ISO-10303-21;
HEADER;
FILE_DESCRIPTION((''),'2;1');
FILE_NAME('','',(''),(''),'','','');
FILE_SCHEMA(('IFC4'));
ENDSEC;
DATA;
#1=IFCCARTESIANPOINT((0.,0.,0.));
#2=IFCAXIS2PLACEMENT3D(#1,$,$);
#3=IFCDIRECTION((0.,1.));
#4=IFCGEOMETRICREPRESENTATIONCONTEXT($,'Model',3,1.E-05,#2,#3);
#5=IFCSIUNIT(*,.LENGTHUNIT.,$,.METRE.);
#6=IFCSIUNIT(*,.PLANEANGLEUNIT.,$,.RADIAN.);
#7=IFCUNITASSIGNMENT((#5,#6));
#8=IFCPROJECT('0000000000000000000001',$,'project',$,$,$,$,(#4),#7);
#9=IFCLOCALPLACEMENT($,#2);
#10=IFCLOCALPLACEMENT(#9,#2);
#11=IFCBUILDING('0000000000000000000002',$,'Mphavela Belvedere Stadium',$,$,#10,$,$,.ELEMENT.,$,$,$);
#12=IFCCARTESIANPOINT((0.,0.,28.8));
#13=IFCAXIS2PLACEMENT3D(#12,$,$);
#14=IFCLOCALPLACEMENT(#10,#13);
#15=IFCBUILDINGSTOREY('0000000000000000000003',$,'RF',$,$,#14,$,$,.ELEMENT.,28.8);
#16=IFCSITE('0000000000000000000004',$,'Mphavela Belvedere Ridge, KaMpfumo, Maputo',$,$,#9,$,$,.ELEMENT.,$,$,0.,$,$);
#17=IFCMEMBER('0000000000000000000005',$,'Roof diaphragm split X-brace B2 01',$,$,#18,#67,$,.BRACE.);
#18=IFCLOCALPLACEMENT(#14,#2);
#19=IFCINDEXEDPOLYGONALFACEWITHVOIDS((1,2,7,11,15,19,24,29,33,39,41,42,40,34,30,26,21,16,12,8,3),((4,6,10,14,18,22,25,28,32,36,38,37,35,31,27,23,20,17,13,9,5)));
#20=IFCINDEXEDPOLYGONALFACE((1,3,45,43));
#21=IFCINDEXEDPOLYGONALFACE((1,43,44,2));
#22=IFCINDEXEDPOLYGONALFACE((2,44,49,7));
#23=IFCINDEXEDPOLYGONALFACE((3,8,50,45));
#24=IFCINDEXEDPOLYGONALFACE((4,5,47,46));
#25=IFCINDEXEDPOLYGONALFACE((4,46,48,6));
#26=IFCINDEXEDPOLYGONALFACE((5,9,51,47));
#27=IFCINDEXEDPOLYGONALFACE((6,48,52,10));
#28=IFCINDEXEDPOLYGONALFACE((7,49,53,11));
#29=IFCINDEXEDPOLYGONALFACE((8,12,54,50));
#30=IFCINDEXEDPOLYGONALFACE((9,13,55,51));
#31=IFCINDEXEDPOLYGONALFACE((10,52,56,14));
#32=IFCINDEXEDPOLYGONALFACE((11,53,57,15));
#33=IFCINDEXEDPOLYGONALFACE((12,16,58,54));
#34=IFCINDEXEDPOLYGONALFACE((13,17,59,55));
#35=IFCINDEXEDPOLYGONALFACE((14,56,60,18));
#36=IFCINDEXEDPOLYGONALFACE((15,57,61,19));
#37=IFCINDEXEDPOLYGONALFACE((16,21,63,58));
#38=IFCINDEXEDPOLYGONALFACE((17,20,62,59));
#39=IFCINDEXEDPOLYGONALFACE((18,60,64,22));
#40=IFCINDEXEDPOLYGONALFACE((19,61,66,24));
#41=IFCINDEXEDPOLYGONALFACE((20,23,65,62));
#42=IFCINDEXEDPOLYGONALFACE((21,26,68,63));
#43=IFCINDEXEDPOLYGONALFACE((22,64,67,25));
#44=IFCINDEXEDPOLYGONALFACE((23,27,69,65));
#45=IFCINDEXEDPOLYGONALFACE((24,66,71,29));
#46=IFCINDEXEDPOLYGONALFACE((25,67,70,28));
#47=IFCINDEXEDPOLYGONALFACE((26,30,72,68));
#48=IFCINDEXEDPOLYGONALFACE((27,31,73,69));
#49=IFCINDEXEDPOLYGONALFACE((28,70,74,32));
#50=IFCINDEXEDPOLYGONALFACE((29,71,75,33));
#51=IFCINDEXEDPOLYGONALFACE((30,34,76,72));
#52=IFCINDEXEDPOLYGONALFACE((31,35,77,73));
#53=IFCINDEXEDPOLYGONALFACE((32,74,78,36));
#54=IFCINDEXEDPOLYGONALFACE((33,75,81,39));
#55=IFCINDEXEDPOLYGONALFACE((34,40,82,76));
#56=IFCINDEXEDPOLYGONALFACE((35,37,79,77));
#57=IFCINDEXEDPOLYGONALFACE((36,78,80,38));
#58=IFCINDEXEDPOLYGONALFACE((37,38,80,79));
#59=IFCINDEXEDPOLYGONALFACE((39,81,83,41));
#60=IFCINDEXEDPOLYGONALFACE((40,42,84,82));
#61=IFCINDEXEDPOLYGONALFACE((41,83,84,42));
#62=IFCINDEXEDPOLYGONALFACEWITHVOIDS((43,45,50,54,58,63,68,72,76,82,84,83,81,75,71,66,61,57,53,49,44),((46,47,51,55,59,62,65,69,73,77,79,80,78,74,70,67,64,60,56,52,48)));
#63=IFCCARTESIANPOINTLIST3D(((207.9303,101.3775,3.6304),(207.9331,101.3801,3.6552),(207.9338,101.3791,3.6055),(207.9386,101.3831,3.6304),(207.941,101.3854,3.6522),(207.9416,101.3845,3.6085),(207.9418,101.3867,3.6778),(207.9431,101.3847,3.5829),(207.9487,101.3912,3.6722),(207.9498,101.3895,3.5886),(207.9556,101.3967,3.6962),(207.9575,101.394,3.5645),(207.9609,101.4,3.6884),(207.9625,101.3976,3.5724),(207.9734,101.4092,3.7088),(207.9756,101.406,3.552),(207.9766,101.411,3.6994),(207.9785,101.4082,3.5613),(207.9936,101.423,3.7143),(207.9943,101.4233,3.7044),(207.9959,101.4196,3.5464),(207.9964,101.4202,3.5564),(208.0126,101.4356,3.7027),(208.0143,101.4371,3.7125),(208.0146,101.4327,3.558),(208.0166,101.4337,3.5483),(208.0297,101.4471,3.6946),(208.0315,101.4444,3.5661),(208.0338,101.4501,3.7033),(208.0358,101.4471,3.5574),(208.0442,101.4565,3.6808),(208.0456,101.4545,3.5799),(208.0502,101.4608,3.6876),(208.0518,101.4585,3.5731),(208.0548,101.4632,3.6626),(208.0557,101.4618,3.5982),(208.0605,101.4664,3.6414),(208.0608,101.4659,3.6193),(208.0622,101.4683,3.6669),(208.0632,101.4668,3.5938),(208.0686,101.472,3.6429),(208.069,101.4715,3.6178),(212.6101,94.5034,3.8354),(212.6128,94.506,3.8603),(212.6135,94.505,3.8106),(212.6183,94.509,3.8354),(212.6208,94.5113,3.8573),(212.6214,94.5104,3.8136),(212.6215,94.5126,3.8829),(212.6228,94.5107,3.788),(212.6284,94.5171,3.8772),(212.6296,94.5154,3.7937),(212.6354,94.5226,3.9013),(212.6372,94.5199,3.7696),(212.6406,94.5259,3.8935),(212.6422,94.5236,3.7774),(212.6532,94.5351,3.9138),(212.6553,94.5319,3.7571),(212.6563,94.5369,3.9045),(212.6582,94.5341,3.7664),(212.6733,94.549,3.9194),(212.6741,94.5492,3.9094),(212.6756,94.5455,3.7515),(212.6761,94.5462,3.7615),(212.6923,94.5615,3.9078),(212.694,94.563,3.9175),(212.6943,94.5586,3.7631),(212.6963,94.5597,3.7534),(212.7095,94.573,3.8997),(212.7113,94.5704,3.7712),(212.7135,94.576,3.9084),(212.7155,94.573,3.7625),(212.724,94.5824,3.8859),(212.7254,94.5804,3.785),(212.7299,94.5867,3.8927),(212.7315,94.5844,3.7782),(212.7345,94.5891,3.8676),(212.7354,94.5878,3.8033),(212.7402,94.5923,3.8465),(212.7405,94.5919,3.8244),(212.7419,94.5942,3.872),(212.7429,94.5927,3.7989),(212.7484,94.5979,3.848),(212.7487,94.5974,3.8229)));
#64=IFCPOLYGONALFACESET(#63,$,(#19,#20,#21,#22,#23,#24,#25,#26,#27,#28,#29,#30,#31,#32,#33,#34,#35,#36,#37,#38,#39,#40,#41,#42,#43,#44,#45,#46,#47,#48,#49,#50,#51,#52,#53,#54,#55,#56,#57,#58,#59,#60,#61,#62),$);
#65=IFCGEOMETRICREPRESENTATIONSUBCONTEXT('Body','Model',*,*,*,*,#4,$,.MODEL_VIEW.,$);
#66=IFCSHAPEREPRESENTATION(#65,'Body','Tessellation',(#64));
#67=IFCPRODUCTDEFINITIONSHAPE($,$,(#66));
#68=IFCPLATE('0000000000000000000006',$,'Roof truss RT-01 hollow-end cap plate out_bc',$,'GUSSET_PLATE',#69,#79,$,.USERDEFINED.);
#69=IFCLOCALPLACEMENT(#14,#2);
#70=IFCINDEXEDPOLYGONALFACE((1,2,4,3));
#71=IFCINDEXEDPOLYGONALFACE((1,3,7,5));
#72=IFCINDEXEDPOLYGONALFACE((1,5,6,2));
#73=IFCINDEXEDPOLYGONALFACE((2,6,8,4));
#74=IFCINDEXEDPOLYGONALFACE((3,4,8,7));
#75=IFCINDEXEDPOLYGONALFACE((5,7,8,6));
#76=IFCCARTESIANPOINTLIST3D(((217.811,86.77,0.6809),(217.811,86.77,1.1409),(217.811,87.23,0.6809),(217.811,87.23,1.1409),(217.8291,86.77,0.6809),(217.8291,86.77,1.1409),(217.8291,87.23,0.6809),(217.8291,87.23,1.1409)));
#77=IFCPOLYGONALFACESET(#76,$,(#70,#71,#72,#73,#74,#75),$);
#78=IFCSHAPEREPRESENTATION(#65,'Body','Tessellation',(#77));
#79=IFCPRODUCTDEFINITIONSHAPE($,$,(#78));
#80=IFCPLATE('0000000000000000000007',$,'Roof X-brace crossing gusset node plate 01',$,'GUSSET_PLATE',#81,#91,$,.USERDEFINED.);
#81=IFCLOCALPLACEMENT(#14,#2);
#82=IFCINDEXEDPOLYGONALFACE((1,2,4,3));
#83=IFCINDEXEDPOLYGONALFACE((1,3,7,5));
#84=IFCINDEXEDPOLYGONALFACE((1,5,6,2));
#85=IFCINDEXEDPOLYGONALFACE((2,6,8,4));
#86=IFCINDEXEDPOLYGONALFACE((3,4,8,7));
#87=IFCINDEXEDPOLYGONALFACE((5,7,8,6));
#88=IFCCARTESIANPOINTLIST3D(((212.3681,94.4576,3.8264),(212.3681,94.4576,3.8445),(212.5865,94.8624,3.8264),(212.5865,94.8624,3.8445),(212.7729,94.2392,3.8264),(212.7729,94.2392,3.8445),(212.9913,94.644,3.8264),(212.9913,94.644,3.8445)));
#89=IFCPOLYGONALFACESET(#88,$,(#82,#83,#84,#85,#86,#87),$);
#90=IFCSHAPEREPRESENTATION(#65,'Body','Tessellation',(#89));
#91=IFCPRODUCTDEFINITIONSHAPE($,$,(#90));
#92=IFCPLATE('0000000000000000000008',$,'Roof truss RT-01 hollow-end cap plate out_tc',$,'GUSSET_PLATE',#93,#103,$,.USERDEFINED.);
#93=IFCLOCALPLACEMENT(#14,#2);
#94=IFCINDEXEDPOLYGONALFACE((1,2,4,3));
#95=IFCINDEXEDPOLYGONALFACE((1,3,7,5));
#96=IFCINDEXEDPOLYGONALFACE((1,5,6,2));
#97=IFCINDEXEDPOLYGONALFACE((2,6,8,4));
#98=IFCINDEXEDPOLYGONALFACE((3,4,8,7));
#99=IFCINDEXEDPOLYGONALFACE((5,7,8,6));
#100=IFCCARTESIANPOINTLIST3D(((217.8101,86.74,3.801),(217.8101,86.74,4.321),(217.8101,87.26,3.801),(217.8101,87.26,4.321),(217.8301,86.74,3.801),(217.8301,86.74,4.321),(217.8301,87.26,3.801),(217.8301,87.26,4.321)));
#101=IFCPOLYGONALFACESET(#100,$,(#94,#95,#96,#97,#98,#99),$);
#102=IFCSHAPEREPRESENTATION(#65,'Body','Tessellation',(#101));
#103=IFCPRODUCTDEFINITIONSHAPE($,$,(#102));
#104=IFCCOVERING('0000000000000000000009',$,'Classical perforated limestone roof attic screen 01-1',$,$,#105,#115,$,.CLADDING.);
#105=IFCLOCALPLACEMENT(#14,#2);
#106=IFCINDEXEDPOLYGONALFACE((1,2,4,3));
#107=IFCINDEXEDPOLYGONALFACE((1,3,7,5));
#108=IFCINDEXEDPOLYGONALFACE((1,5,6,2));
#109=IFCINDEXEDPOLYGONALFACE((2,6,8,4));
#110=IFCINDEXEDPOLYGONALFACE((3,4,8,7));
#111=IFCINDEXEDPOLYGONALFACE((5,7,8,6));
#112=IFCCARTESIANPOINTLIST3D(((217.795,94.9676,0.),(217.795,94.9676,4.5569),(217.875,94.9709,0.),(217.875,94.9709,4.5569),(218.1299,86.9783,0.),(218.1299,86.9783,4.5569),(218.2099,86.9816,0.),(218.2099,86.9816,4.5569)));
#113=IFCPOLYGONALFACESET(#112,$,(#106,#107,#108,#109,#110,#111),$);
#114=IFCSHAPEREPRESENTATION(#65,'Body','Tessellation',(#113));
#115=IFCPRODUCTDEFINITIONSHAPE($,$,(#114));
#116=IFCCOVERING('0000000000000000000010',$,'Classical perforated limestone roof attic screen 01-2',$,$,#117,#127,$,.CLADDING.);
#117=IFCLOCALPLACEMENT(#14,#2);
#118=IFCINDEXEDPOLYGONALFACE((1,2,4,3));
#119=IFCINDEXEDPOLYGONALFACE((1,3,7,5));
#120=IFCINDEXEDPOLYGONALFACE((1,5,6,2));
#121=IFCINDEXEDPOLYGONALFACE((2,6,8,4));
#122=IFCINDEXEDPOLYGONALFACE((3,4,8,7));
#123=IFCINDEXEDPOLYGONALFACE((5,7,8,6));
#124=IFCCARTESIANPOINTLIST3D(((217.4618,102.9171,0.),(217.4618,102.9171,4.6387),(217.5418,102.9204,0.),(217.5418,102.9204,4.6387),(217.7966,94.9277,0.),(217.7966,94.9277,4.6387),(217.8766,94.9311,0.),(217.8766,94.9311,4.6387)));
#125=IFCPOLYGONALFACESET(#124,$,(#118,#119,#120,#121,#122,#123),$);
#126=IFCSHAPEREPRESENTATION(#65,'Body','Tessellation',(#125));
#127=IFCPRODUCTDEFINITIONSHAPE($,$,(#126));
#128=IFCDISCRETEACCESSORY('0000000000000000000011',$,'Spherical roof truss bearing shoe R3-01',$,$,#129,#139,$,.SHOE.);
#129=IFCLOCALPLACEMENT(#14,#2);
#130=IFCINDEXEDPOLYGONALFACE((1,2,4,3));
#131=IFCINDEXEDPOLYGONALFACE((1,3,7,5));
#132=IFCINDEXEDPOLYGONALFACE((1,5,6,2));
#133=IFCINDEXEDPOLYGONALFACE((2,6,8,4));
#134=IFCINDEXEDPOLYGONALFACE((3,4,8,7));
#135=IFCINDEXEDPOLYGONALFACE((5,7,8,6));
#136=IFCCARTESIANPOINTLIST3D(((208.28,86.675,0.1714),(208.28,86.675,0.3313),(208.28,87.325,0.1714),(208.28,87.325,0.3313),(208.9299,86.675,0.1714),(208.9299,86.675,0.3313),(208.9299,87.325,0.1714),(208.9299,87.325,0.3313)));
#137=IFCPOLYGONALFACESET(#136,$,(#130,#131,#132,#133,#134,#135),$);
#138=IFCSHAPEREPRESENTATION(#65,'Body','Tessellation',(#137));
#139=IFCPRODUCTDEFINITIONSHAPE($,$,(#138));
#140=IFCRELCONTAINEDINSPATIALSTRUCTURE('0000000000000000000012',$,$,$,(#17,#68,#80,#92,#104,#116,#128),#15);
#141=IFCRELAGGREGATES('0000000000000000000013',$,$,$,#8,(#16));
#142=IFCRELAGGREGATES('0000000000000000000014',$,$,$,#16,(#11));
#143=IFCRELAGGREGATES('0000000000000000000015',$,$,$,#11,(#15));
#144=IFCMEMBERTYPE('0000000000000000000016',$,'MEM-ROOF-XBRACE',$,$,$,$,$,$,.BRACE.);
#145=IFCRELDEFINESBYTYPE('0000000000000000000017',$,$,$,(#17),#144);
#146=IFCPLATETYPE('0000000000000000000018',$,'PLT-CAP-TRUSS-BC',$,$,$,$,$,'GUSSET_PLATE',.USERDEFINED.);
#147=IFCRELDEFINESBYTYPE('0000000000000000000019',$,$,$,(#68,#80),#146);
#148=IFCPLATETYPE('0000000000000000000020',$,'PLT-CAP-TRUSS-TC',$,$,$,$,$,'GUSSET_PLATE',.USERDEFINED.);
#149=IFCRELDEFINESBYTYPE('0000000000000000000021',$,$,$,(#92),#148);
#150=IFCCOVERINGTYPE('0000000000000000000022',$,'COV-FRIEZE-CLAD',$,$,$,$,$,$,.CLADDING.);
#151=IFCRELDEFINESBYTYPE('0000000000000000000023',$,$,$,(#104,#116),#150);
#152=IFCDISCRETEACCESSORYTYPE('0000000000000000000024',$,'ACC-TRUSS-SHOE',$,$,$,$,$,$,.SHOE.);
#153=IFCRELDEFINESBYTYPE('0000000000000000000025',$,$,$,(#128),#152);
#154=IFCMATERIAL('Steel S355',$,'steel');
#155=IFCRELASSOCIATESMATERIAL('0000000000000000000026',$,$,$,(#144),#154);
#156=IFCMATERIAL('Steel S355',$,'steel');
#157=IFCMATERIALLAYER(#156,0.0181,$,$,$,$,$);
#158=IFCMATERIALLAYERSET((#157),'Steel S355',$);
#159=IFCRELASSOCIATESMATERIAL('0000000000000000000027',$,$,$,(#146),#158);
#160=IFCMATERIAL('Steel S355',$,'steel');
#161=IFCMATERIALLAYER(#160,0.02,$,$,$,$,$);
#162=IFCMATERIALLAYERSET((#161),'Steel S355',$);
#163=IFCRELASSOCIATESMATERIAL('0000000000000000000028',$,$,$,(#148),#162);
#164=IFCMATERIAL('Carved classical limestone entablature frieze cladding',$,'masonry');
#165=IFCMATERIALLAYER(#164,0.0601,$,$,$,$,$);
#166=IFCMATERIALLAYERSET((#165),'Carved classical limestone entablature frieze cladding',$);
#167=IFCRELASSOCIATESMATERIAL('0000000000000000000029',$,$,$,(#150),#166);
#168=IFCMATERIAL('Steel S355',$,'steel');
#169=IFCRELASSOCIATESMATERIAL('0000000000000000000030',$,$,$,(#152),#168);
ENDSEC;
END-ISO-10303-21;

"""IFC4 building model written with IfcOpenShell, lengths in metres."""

from ifc_helpers import new_model, si_unit, direction, frame, origin, origin_2d, place, context, subcontext, project, spatial, rectangle, hollow_circle, extrude, material, layer, layer_set, material_profile, profile_set, type_object, element, save


model = new_model("IFC4")

# Units and contexts
model_context = context("Model", 3, precision=1e-05, world=origin(), true_north=direction((0.0, 1.0)))
body_context = subcontext(model_context, "Body", "Model", "MODEL_VIEW")
ifc_project = project(units=[si_unit("LENGTHUNIT", "METRE"), si_unit("PLANEANGLEUNIT", "RADIAN")], contexts=[model_context])

# Site, building, storey
site_placement = place(None, origin())
site = spatial("IfcSite", under=ifc_project, at=site_placement, Name="Mphavela Belvedere Ridge, KaMpfumo, Maputo", CompositionType="ELEMENT", RefElevation=0.0)
building_placement = place(site_placement, origin())
building = spatial("IfcBuilding", under=site, at=building_placement, Name="Mphavela Belvedere Stadium", CompositionType="ELEMENT")
storey_placement = place(building_placement, frame((0.0, 0.0, 28.8)))
storey = spatial("IfcBuildingStorey", under=building, at=storey_placement, Name="RF", CompositionType="ELEMENT", Elevation=28.8)

# Member
ifc_material_1 = material(Name="Steel S355", Category="steel")
ifc_material_profile_1 = material_profile(ifc_material_1, hollow_circle(Radius=0.0842, WallThickness=0.01, at=origin_2d()), Name="CHS 168.3x10")
ifc_profile_set_1 = profile_set([ifc_material_profile_1], Name="Steel S355")
member_type_1 = type_object("IfcMemberType", Name="MEM-ROOF-XBRACE", PredefinedType="BRACE", material=ifc_profile_set_1)
member_1_placement = place(storey_placement, frame((212.6797, 94.5508, 3.8354), z_axis=(-0.562579, 0.826376, -0.024654), x_axis=(-0.826627, -0.56275, 0.0)))
element("IfcMember", 1, at=member_1_placement, inside=storey, type_object=member_type_1, Name="Roof diaphragm split X-brace B2 01", PredefinedType="BRACE", context=body_context, shape_type="SweptSolid", body=[
    extrude(hollow_circle(Radius=0.0842, WallThickness=0.01, at=origin_2d()), origin(), (0.0, 0.0, 1.0), 8.3184),
])

# Plates
ifc_material_2 = material(Name="Steel S355", Category="steel")
ifc_layer_1 = layer(ifc_material_2, 0.0181)
ifc_layer_set_1 = layer_set([ifc_layer_1], Name="Steel S355")
plate_type_1 = type_object("IfcPlateType", Name="PLT-CAP-TRUSS-BC", ElementType="GUSSET_PLATE", PredefinedType="USERDEFINED", material=ifc_layer_set_1)
plate_1_placement = place(storey_placement, frame((217.8201, 87.0, 0.6809), z_axis=(0.0, 0.0, 1.0), x_axis=(1.0, 0.0, 0.0)))
element("IfcPlate", 2, at=plate_1_placement, inside=storey, type_object=plate_type_1, Name="Roof truss RT-01 hollow-end cap plate out_bc", ObjectType="GUSSET_PLATE", PredefinedType="USERDEFINED", context=body_context, shape_type="SweptSolid", body=[
    extrude(rectangle(XDim=0.0181, YDim=0.46, at=origin_2d()), origin(), (0.0, 0.0, 1.0), 0.46),
])
plate_2_placement = place(storey_placement, frame((212.6797, 94.5508, 3.8264), z_axis=(0.0, 0.0, 1.0), x_axis=(0.474856, 0.880063, 0.0)))
element("IfcPlate", 3, at=plate_2_placement, inside=storey, type_object=plate_type_1, Name="Roof X-brace crossing gusset node plate 01", ObjectType="GUSSET_PLATE", PredefinedType="USERDEFINED", context=body_context, shape_type="SweptSolid", body=[
    extrude(rectangle(XDim=0.46, YDim=0.46, at=origin_2d()), origin(), (0.0, 0.0, 1.0), 0.0181),
])
ifc_material_3 = material(Name="Steel S355", Category="steel")
ifc_layer_2 = layer(ifc_material_3, 0.02)
ifc_layer_set_2 = layer_set([ifc_layer_2], Name="Steel S355")
plate_type_2 = type_object("IfcPlateType", Name="PLT-CAP-TRUSS-TC", ElementType="GUSSET_PLATE", PredefinedType="USERDEFINED", material=ifc_layer_set_2)
plate_3_placement = place(storey_placement, frame((217.8201, 87.0, 3.801), z_axis=(0.0, 0.0, 1.0), x_axis=(1.0, 0.0, 0.0)))
element("IfcPlate", 4, at=plate_3_placement, inside=storey, type_object=plate_type_2, Name="Roof truss RT-01 hollow-end cap plate out_tc", ObjectType="GUSSET_PLATE", PredefinedType="USERDEFINED", context=body_context, shape_type="SweptSolid", body=[
    extrude(rectangle(XDim=0.02, YDim=0.52, at=origin_2d()), origin(), (0.0, 0.0, 1.0), 0.52),
])

# Coverings
ifc_material_4 = material(Name="Carved classical limestone entablature frieze cladding", Category="masonry")
ifc_layer_3 = layer(ifc_material_4, 0.0601)
ifc_layer_set_3 = layer_set([ifc_layer_3], Name="Carved classical limestone entablature frieze cladding")
covering_type = type_object("IfcCoveringType", Name="COV-FRIEZE-CLAD", PredefinedType="CLADDING", material=ifc_layer_set_3)
covering_1_placement = place(storey_placement, frame((218.0024, 90.9746, 0.0), z_axis=(0.0, 0.0, 1.0), x_axis=(-0.041876, 0.999123, 0.0)))
element("IfcCovering", 5, at=covering_1_placement, inside=storey, type_object=covering_type, Name="Classical perforated limestone roof attic screen 01-1", PredefinedType="CLADDING", context=body_context, shape_type="SweptSolid", body=[
    extrude(rectangle(XDim=7.9963, YDim=0.0801, at=origin_2d()), origin(), (0.0, 0.0, 1.0), 4.5569),
])
covering_2_placement = place(storey_placement, frame((217.6692, 98.9241, 0.0), z_axis=(0.0, 0.0, 1.0), x_axis=(-0.041876, 0.999123, 0.0)))
element("IfcCovering", 6, at=covering_2_placement, inside=storey, type_object=covering_type, Name="Classical perforated limestone roof attic screen 01-2", PredefinedType="CLADDING", context=body_context, shape_type="SweptSolid", body=[
    extrude(rectangle(XDim=7.9963, YDim=0.0801, at=origin_2d()), origin(), (0.0, 0.0, 1.0), 4.6387),
])

# Discrete accessory
ifc_material_5 = material(Name="Steel S355", Category="steel")
discrete_accessory_type = type_object("IfcDiscreteAccessoryType", Name="ACC-TRUSS-SHOE", PredefinedType="SHOE", material=ifc_material_5)
discrete_accessory_placement = place(storey_placement, frame((208.605, 87.0, 0.1714), z_axis=(0.0, 0.0, 1.0), x_axis=(1.0, 0.0, 0.0)))
element("IfcDiscreteAccessory", 7, at=discrete_accessory_placement, inside=storey, type_object=discrete_accessory_type, Name="Spherical roof truss bearing shoe R3-01", PredefinedType="SHOE", context=body_context, shape_type="SweptSolid", body=[
    extrude(rectangle(XDim=0.6499, YDim=0.6499, at=origin_2d()), origin(), (0.0, 0.0, 1.0), 0.1599),
])

save(model, "model.ifc")
